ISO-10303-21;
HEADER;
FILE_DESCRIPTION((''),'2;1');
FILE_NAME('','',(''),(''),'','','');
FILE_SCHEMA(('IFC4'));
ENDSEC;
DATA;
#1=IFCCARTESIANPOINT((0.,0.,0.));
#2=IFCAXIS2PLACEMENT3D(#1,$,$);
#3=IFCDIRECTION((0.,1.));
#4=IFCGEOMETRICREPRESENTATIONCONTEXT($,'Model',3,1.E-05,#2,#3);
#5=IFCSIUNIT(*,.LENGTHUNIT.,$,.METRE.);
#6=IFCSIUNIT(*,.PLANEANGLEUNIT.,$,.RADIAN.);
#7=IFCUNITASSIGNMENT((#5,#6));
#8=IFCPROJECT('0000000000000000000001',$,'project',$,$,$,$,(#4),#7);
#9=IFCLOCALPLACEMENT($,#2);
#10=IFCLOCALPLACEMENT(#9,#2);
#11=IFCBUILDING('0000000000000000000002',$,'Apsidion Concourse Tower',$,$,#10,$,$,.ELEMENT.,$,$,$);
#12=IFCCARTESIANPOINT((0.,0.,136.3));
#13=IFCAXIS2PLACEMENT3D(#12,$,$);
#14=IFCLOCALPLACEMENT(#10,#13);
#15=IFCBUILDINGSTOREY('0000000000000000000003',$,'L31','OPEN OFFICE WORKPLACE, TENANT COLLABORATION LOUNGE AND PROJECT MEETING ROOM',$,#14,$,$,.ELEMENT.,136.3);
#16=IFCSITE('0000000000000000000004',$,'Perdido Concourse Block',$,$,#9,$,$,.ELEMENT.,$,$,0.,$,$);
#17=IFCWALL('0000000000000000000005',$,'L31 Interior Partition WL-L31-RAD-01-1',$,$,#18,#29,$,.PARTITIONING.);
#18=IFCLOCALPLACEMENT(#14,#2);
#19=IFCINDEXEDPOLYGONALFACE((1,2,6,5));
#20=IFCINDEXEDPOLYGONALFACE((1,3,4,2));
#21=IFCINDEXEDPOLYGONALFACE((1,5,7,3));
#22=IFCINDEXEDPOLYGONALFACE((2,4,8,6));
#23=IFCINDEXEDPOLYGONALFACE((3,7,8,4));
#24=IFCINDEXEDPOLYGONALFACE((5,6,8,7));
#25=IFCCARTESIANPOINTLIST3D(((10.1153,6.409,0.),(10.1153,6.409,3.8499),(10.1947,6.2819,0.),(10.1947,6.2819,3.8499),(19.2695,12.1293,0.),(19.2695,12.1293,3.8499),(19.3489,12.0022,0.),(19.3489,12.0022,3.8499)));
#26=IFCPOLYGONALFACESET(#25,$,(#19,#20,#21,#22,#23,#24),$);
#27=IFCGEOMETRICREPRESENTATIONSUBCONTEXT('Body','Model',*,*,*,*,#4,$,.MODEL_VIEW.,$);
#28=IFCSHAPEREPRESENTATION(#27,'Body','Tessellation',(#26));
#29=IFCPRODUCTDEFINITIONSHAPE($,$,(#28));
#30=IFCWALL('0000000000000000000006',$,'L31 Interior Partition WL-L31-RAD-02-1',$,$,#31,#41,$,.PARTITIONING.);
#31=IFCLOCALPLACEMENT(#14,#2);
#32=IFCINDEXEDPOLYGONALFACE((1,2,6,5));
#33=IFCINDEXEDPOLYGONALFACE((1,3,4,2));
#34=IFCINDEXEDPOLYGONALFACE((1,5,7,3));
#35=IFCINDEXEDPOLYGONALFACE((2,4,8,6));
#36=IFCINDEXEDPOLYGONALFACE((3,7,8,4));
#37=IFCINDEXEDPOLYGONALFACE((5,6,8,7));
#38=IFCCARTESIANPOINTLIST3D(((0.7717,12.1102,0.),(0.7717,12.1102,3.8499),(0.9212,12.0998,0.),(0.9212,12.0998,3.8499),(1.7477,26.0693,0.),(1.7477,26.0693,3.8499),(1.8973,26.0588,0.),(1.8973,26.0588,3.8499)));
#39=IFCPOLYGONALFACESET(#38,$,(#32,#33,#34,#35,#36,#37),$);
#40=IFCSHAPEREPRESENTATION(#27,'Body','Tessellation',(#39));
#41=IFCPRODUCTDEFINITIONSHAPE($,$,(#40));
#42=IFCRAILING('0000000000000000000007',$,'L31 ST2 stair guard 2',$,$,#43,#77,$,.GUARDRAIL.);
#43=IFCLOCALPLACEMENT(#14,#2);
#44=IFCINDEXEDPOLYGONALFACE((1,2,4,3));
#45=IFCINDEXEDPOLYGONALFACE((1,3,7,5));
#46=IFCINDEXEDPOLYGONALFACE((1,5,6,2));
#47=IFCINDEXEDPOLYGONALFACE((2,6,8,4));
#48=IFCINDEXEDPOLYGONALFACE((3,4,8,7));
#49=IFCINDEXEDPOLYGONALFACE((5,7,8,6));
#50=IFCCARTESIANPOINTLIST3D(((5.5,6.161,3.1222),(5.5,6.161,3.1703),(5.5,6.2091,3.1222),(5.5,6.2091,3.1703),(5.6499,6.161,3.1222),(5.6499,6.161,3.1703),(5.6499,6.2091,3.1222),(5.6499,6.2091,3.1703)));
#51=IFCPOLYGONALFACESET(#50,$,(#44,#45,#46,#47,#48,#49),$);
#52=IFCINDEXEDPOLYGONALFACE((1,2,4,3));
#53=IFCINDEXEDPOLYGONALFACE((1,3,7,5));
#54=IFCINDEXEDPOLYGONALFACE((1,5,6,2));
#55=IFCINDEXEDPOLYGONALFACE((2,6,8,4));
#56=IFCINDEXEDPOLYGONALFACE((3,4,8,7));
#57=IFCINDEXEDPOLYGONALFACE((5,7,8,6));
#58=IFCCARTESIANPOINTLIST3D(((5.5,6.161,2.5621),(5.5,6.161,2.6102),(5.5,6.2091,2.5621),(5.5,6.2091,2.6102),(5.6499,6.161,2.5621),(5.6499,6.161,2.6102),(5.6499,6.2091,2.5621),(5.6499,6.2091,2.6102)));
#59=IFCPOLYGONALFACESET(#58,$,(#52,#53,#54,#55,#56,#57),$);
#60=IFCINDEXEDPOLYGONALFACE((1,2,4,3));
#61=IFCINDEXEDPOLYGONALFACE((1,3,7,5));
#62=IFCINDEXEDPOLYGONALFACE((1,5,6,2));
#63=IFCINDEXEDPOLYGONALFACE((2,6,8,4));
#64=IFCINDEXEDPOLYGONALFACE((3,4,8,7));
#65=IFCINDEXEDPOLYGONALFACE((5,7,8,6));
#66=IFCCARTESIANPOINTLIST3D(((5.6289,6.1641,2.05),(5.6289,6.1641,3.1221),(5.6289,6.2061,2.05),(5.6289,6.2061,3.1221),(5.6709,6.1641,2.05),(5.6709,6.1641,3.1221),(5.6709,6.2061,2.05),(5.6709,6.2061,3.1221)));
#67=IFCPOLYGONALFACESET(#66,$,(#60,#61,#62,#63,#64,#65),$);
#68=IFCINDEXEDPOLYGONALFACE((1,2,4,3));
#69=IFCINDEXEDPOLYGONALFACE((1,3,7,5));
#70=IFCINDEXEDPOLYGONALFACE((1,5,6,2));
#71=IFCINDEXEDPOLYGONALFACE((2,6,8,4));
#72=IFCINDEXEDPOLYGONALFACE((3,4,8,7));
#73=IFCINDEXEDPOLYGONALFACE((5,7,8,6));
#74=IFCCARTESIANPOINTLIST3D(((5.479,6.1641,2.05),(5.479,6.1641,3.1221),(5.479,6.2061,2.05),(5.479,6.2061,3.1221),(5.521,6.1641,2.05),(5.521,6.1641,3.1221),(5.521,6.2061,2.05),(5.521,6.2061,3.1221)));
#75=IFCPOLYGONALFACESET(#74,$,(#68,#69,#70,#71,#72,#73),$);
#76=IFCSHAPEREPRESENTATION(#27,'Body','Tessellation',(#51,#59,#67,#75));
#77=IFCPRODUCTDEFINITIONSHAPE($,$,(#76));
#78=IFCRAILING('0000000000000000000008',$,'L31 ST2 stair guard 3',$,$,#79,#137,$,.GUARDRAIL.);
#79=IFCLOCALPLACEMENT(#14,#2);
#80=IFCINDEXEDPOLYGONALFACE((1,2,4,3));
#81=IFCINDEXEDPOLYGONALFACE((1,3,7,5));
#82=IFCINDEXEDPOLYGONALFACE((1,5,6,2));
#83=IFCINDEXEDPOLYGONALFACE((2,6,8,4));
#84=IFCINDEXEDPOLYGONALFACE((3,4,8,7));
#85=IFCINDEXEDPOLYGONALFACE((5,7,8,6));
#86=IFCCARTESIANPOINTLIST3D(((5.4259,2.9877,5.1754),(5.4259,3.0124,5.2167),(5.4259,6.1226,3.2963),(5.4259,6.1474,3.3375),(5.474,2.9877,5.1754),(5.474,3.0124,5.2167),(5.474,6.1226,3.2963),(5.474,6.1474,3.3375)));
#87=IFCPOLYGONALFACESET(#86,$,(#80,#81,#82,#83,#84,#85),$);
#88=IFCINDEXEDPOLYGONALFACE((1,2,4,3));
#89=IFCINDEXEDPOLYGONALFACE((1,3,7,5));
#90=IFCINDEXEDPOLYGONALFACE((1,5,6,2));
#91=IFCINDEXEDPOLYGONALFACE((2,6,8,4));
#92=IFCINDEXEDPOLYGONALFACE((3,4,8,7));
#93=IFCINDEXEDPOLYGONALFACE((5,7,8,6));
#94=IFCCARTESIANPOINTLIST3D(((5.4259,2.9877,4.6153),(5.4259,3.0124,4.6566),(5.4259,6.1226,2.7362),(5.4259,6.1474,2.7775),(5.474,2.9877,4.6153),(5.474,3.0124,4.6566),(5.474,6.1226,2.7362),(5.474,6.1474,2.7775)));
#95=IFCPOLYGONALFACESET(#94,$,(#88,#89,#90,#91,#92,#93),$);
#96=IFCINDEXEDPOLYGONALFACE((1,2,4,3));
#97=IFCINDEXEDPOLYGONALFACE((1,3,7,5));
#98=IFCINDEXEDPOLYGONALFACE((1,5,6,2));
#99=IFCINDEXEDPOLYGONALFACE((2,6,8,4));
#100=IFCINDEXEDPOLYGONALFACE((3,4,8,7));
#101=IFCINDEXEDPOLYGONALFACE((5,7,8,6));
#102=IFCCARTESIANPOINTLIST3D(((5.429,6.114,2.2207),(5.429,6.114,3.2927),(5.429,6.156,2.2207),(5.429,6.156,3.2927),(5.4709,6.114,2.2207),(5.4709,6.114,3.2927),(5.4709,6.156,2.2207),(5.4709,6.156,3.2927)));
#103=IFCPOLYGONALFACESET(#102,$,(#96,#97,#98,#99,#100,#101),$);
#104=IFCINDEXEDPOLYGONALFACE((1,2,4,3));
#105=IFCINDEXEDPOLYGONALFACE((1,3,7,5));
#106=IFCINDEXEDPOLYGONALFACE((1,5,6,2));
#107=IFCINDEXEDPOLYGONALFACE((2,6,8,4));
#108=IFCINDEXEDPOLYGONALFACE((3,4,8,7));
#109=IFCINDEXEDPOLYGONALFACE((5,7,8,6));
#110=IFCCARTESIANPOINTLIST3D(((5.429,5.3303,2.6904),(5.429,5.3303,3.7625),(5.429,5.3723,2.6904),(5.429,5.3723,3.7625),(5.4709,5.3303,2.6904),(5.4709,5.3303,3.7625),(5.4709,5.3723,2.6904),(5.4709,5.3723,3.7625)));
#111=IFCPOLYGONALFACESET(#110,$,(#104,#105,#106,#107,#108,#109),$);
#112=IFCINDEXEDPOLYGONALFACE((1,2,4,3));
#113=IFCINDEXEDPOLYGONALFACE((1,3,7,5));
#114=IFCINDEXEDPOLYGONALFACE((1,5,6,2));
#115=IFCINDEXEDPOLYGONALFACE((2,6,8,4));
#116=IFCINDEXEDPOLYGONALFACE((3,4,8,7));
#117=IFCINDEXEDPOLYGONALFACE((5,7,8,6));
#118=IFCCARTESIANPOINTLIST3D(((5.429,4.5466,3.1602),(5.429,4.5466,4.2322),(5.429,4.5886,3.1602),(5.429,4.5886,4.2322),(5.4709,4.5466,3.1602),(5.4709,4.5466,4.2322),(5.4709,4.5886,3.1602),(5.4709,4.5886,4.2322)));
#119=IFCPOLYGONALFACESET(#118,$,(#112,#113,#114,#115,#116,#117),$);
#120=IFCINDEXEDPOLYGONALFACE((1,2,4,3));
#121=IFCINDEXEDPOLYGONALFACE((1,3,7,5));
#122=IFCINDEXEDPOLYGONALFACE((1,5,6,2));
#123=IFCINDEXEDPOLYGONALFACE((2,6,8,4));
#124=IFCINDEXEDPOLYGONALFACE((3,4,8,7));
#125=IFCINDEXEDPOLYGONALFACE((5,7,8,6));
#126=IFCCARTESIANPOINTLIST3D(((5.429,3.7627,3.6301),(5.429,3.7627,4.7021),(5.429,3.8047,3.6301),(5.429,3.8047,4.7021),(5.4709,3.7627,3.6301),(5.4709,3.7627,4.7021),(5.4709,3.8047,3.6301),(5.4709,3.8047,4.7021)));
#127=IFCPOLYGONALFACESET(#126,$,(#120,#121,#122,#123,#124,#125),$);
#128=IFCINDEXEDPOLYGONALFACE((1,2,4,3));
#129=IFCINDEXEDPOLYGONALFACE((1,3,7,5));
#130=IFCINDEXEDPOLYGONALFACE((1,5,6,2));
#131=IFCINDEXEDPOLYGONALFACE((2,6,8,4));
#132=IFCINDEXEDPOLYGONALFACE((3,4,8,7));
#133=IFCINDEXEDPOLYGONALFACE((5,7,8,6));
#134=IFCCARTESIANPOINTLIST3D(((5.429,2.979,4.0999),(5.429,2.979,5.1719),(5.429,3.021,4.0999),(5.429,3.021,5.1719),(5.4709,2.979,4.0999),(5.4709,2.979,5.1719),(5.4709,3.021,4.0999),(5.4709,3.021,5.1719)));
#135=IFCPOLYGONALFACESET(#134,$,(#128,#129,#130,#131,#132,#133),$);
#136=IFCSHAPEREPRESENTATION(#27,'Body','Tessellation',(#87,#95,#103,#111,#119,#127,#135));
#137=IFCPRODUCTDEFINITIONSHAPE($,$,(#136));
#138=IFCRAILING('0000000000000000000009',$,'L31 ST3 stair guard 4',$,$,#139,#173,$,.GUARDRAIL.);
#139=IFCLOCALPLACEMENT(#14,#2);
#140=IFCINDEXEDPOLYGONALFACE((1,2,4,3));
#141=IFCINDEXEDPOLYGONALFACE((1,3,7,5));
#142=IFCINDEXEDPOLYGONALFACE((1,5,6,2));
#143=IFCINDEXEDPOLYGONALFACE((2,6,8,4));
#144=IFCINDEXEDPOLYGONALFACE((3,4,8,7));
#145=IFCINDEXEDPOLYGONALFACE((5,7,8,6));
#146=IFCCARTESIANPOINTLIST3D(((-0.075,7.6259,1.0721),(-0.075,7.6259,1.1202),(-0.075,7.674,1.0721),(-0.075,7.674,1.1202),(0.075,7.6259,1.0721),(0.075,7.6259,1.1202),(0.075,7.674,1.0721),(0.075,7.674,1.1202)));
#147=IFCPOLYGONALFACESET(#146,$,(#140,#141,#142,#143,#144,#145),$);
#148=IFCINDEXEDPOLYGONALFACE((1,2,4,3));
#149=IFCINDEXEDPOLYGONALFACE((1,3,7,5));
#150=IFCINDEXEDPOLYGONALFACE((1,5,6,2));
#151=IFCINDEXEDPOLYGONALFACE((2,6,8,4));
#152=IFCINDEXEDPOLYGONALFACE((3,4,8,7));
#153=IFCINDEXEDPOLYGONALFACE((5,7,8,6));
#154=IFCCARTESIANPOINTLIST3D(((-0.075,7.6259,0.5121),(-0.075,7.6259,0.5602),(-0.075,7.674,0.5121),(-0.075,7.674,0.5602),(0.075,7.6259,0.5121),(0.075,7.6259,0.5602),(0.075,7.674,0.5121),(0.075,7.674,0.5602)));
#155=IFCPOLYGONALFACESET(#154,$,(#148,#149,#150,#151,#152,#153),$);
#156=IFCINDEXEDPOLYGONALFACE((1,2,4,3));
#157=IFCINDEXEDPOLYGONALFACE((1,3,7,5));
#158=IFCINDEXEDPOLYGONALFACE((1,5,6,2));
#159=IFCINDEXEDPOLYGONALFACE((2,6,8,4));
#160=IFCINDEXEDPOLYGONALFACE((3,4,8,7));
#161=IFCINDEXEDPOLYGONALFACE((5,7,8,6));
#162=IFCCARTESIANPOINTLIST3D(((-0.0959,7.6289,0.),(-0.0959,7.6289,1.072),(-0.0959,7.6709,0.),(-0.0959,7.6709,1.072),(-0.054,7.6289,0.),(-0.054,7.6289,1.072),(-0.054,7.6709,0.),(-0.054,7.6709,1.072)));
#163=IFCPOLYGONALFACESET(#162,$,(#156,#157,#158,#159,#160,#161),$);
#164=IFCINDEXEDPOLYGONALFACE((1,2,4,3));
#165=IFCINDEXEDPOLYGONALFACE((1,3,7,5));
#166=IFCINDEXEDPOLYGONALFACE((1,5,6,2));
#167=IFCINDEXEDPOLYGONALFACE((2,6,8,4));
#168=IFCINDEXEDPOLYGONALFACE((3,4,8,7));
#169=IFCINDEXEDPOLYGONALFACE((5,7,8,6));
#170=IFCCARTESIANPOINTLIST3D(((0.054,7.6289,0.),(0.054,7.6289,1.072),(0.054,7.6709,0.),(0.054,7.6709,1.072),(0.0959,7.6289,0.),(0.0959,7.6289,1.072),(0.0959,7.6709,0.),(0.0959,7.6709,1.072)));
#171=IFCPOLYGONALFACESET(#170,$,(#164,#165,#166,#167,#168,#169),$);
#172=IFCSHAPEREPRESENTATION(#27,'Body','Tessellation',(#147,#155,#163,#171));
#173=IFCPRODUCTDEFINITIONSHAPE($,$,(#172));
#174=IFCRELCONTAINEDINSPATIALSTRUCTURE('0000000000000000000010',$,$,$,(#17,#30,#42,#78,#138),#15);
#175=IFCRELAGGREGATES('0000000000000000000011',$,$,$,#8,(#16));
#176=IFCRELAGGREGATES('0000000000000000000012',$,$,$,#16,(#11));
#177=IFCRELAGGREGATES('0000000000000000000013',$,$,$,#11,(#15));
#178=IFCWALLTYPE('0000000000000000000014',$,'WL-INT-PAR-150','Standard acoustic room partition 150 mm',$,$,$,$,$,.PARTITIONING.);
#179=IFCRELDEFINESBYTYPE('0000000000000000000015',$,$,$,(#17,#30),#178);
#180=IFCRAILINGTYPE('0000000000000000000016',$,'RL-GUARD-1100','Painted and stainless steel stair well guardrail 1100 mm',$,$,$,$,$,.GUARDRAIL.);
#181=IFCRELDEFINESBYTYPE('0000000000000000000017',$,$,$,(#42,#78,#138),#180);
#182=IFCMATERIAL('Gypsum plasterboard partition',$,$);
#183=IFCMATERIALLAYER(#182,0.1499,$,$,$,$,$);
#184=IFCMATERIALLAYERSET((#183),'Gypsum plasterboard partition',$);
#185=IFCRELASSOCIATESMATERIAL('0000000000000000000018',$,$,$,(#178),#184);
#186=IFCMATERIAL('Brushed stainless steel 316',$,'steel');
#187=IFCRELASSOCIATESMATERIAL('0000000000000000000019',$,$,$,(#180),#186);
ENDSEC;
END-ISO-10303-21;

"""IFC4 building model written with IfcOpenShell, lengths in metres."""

from ifc_helpers import new_model, si_unit, direction, frame, frame_2d, origin, origin_2d, place, context, subcontext, project, spatial, rectangle, extrude, material, layer, layer_set, type_object, element, save


model = new_model("IFC4")

# Units and contexts
model_context = context("Model", 3, precision=1e-05, world=origin(), true_north=direction((0.0, 1.0)))
body_context = subcontext(model_context, "Body", "Model", "MODEL_VIEW")
ifc_project = project(units=[si_unit("LENGTHUNIT", "METRE"), si_unit("PLANEANGLEUNIT", "RADIAN")], contexts=[model_context])

# Site, building, storey
site_placement = place(None, origin())
site = spatial("IfcSite", under=ifc_project, at=site_placement, Name="Perdido Concourse Block", CompositionType="ELEMENT", RefElevation=0.0)
building_placement = place(site_placement, origin())
building = spatial("IfcBuilding", under=site, at=building_placement, Name="Apsidion Concourse Tower", CompositionType="ELEMENT")
storey_placement = place(building_placement, frame((0.0, 0.0, 136.3)))
storey = spatial("IfcBuildingStorey", under=building, at=storey_placement, Name="L31", Description="OPEN OFFICE WORKPLACE, TENANT COLLABORATION LOUNGE AND PROJECT MEETING ROOM", CompositionType="ELEMENT", Elevation=136.3)

# Shared definitions
ifc_material_1 = material(Name="Gypsum plasterboard partition")
ifc_layer = layer(ifc_material_1, 0.1499)
ifc_layer_set = layer_set([ifc_layer], Name="Gypsum plasterboard partition")
wall_type = type_object("IfcWallType", Name="WL-INT-PAR-150", Description="Standard acoustic room partition 150 mm", PredefinedType="PARTITIONING", material=ifc_layer_set)

# Shared definitions
ifc_material_2 = material(Name="Brushed stainless steel 316", Category="steel")

# Walls
wall_1_placement = place(storey_placement, frame((10.155, 6.3455, 0.0), z_axis=(0.0, 0.0, 1.0), x_axis=(0.848043, 0.529928, 0.0)))
element("IfcWall", 1, at=wall_1_placement, inside=storey, type_object=wall_type, Name="L31 Interior Partition WL-L31-RAD-01-1", PredefinedType="PARTITIONING", context=body_context, shape_type="SweptSolid", body=[
    extrude(rectangle(XDim=10.7944, YDim=0.1499, at=frame_2d((5.3972, 0.0))), origin(), (0.0, 0.0, 1.0), 3.8499),
])
wall_2_placement = place(storey_placement, frame((0.8464, 12.105, 0.0), z_axis=(0.0, 0.0, 1.0), x_axis=(0.069754, 0.997564, 0.0)))
element("IfcWall", 2, at=wall_2_placement, inside=storey, type_object=wall_type, Name="L31 Interior Partition WL-L31-RAD-02-1", PredefinedType="PARTITIONING", context=body_context, shape_type="SweptSolid", body=[
    extrude(rectangle(XDim=13.9932, YDim=0.1499, at=frame_2d((6.9966, 0.0))), origin(), (0.0, 0.0, 1.0), 3.8499),
])

# Railings
railing_type = type_object("IfcRailingType", Name="RL-GUARD-1100", Description="Painted and stainless steel stair well guardrail 1100 mm", PredefinedType="GUARDRAIL", material=ifc_material_2)
railing_1_placement = place(storey_placement, frame((5.6499, 6.1851, 2.05)))
element("IfcRailing", 3, at=railing_1_placement, inside=storey, type_object=railing_type, Name="L31 ST2 stair guard 2", PredefinedType="GUARDRAIL", context=body_context, shape_type="SweptSolid", body=[
    extrude(rectangle(XDim=0.0481, YDim=0.0481, at=origin_2d()), frame((0.0, 0.0, 1.0962), z_axis=(-1.0, 0.0, 0.0), x_axis=(0.0, -1.0, 0.0)), (0.0, 0.0, 1.0), 0.1499),
    extrude(rectangle(XDim=0.0481, YDim=0.0481, at=origin_2d()), frame((0.0, 0.0, 0.5361), z_axis=(-1.0, 0.0, 0.0), x_axis=(0.0, -1.0, 0.0)), (0.0, 0.0, 1.0), 0.1499),
    extrude(rectangle(XDim=0.042, YDim=0.042, at=origin_2d()), origin(), (0.0, 0.0, 1.0), 1.072),
    extrude(rectangle(XDim=0.042, YDim=0.042, at=origin_2d()), frame((-0.1499, 0.0, 0.0)), (0.0, 0.0, 1.0), 1.072),
])
railing_2_placement = place(storey_placement, frame((5.45, 6.135, 2.2207)))
element("IfcRailing", 4, at=railing_2_placement, inside=storey, type_object=railing_type, Name="L31 ST2 stair guard 3", PredefinedType="GUARDRAIL", context=body_context, shape_type="SweptSolid", body=[
    extrude(rectangle(XDim=0.0481, YDim=0.0481, at=origin_2d()), frame((0.0, 0.0, 1.0962), z_axis=(0.0, -0.857717, 0.514122), x_axis=(1.0, 0.0, 0.0)), (0.0, 0.0, 1.0), 3.655),
    extrude(rectangle(XDim=0.0481, YDim=0.0481, at=origin_2d()), frame((0.0, 0.0, 0.5361), z_axis=(0.0, -0.857717, 0.514122), x_axis=(1.0, 0.0, 0.0)), (0.0, 0.0, 1.0), 3.655),
    extrude(rectangle(XDim=0.042, YDim=0.042, at=origin_2d()), origin(), (0.0, 0.0, 1.0), 1.072),
    extrude(rectangle(XDim=0.042, YDim=0.042, at=origin_2d()), frame((0.0, -0.7837, 0.4697)), (0.0, 0.0, 1.0), 1.072),
    extrude(rectangle(XDim=0.042, YDim=0.042, at=origin_2d()), frame((0.0, -1.5674, 0.9395)), (0.0, 0.0, 1.0), 1.072),
    extrude(rectangle(XDim=0.042, YDim=0.042, at=origin_2d()), frame((0.0, -2.3513, 1.4094)), (0.0, 0.0, 1.0), 1.072),
    extrude(rectangle(XDim=0.042, YDim=0.042, at=origin_2d()), frame((0.0, -3.135, 1.8792)), (0.0, 0.0, 1.0), 1.072),
])
railing_3_placement = place(storey_placement, frame((-0.075, 7.6499, 0.0)))
element("IfcRailing", 5, at=railing_3_placement, inside=storey, type_object=railing_type, Name="L31 ST3 stair guard 4", PredefinedType="GUARDRAIL", context=body_context, shape_type="SweptSolid", body=[
    extrude(rectangle(XDim=0.0481, YDim=0.0481, at=origin_2d()), frame((0.0, 0.0, 1.0962), z_axis=(1.0, 0.0, 0.0), x_axis=(0.0, 1.0, 0.0)), (0.0, 0.0, 1.0), 0.1499),
    extrude(rectangle(XDim=0.0481, YDim=0.0481, at=origin_2d()), frame((0.0, 0.0, 0.5361), z_axis=(1.0, 0.0, 0.0), x_axis=(0.0, 1.0, 0.0)), (0.0, 0.0, 1.0), 0.1499),
    extrude(rectangle(XDim=0.042, YDim=0.042, at=origin_2d()), origin(), (0.0, 0.0, 1.0), 1.072),
    extrude(rectangle(XDim=0.042, YDim=0.042, at=origin_2d()), frame((0.1499, 0.0, 0.0)), (0.0, 0.0, 1.0), 1.072),
])

save(model, "model.ifc")
